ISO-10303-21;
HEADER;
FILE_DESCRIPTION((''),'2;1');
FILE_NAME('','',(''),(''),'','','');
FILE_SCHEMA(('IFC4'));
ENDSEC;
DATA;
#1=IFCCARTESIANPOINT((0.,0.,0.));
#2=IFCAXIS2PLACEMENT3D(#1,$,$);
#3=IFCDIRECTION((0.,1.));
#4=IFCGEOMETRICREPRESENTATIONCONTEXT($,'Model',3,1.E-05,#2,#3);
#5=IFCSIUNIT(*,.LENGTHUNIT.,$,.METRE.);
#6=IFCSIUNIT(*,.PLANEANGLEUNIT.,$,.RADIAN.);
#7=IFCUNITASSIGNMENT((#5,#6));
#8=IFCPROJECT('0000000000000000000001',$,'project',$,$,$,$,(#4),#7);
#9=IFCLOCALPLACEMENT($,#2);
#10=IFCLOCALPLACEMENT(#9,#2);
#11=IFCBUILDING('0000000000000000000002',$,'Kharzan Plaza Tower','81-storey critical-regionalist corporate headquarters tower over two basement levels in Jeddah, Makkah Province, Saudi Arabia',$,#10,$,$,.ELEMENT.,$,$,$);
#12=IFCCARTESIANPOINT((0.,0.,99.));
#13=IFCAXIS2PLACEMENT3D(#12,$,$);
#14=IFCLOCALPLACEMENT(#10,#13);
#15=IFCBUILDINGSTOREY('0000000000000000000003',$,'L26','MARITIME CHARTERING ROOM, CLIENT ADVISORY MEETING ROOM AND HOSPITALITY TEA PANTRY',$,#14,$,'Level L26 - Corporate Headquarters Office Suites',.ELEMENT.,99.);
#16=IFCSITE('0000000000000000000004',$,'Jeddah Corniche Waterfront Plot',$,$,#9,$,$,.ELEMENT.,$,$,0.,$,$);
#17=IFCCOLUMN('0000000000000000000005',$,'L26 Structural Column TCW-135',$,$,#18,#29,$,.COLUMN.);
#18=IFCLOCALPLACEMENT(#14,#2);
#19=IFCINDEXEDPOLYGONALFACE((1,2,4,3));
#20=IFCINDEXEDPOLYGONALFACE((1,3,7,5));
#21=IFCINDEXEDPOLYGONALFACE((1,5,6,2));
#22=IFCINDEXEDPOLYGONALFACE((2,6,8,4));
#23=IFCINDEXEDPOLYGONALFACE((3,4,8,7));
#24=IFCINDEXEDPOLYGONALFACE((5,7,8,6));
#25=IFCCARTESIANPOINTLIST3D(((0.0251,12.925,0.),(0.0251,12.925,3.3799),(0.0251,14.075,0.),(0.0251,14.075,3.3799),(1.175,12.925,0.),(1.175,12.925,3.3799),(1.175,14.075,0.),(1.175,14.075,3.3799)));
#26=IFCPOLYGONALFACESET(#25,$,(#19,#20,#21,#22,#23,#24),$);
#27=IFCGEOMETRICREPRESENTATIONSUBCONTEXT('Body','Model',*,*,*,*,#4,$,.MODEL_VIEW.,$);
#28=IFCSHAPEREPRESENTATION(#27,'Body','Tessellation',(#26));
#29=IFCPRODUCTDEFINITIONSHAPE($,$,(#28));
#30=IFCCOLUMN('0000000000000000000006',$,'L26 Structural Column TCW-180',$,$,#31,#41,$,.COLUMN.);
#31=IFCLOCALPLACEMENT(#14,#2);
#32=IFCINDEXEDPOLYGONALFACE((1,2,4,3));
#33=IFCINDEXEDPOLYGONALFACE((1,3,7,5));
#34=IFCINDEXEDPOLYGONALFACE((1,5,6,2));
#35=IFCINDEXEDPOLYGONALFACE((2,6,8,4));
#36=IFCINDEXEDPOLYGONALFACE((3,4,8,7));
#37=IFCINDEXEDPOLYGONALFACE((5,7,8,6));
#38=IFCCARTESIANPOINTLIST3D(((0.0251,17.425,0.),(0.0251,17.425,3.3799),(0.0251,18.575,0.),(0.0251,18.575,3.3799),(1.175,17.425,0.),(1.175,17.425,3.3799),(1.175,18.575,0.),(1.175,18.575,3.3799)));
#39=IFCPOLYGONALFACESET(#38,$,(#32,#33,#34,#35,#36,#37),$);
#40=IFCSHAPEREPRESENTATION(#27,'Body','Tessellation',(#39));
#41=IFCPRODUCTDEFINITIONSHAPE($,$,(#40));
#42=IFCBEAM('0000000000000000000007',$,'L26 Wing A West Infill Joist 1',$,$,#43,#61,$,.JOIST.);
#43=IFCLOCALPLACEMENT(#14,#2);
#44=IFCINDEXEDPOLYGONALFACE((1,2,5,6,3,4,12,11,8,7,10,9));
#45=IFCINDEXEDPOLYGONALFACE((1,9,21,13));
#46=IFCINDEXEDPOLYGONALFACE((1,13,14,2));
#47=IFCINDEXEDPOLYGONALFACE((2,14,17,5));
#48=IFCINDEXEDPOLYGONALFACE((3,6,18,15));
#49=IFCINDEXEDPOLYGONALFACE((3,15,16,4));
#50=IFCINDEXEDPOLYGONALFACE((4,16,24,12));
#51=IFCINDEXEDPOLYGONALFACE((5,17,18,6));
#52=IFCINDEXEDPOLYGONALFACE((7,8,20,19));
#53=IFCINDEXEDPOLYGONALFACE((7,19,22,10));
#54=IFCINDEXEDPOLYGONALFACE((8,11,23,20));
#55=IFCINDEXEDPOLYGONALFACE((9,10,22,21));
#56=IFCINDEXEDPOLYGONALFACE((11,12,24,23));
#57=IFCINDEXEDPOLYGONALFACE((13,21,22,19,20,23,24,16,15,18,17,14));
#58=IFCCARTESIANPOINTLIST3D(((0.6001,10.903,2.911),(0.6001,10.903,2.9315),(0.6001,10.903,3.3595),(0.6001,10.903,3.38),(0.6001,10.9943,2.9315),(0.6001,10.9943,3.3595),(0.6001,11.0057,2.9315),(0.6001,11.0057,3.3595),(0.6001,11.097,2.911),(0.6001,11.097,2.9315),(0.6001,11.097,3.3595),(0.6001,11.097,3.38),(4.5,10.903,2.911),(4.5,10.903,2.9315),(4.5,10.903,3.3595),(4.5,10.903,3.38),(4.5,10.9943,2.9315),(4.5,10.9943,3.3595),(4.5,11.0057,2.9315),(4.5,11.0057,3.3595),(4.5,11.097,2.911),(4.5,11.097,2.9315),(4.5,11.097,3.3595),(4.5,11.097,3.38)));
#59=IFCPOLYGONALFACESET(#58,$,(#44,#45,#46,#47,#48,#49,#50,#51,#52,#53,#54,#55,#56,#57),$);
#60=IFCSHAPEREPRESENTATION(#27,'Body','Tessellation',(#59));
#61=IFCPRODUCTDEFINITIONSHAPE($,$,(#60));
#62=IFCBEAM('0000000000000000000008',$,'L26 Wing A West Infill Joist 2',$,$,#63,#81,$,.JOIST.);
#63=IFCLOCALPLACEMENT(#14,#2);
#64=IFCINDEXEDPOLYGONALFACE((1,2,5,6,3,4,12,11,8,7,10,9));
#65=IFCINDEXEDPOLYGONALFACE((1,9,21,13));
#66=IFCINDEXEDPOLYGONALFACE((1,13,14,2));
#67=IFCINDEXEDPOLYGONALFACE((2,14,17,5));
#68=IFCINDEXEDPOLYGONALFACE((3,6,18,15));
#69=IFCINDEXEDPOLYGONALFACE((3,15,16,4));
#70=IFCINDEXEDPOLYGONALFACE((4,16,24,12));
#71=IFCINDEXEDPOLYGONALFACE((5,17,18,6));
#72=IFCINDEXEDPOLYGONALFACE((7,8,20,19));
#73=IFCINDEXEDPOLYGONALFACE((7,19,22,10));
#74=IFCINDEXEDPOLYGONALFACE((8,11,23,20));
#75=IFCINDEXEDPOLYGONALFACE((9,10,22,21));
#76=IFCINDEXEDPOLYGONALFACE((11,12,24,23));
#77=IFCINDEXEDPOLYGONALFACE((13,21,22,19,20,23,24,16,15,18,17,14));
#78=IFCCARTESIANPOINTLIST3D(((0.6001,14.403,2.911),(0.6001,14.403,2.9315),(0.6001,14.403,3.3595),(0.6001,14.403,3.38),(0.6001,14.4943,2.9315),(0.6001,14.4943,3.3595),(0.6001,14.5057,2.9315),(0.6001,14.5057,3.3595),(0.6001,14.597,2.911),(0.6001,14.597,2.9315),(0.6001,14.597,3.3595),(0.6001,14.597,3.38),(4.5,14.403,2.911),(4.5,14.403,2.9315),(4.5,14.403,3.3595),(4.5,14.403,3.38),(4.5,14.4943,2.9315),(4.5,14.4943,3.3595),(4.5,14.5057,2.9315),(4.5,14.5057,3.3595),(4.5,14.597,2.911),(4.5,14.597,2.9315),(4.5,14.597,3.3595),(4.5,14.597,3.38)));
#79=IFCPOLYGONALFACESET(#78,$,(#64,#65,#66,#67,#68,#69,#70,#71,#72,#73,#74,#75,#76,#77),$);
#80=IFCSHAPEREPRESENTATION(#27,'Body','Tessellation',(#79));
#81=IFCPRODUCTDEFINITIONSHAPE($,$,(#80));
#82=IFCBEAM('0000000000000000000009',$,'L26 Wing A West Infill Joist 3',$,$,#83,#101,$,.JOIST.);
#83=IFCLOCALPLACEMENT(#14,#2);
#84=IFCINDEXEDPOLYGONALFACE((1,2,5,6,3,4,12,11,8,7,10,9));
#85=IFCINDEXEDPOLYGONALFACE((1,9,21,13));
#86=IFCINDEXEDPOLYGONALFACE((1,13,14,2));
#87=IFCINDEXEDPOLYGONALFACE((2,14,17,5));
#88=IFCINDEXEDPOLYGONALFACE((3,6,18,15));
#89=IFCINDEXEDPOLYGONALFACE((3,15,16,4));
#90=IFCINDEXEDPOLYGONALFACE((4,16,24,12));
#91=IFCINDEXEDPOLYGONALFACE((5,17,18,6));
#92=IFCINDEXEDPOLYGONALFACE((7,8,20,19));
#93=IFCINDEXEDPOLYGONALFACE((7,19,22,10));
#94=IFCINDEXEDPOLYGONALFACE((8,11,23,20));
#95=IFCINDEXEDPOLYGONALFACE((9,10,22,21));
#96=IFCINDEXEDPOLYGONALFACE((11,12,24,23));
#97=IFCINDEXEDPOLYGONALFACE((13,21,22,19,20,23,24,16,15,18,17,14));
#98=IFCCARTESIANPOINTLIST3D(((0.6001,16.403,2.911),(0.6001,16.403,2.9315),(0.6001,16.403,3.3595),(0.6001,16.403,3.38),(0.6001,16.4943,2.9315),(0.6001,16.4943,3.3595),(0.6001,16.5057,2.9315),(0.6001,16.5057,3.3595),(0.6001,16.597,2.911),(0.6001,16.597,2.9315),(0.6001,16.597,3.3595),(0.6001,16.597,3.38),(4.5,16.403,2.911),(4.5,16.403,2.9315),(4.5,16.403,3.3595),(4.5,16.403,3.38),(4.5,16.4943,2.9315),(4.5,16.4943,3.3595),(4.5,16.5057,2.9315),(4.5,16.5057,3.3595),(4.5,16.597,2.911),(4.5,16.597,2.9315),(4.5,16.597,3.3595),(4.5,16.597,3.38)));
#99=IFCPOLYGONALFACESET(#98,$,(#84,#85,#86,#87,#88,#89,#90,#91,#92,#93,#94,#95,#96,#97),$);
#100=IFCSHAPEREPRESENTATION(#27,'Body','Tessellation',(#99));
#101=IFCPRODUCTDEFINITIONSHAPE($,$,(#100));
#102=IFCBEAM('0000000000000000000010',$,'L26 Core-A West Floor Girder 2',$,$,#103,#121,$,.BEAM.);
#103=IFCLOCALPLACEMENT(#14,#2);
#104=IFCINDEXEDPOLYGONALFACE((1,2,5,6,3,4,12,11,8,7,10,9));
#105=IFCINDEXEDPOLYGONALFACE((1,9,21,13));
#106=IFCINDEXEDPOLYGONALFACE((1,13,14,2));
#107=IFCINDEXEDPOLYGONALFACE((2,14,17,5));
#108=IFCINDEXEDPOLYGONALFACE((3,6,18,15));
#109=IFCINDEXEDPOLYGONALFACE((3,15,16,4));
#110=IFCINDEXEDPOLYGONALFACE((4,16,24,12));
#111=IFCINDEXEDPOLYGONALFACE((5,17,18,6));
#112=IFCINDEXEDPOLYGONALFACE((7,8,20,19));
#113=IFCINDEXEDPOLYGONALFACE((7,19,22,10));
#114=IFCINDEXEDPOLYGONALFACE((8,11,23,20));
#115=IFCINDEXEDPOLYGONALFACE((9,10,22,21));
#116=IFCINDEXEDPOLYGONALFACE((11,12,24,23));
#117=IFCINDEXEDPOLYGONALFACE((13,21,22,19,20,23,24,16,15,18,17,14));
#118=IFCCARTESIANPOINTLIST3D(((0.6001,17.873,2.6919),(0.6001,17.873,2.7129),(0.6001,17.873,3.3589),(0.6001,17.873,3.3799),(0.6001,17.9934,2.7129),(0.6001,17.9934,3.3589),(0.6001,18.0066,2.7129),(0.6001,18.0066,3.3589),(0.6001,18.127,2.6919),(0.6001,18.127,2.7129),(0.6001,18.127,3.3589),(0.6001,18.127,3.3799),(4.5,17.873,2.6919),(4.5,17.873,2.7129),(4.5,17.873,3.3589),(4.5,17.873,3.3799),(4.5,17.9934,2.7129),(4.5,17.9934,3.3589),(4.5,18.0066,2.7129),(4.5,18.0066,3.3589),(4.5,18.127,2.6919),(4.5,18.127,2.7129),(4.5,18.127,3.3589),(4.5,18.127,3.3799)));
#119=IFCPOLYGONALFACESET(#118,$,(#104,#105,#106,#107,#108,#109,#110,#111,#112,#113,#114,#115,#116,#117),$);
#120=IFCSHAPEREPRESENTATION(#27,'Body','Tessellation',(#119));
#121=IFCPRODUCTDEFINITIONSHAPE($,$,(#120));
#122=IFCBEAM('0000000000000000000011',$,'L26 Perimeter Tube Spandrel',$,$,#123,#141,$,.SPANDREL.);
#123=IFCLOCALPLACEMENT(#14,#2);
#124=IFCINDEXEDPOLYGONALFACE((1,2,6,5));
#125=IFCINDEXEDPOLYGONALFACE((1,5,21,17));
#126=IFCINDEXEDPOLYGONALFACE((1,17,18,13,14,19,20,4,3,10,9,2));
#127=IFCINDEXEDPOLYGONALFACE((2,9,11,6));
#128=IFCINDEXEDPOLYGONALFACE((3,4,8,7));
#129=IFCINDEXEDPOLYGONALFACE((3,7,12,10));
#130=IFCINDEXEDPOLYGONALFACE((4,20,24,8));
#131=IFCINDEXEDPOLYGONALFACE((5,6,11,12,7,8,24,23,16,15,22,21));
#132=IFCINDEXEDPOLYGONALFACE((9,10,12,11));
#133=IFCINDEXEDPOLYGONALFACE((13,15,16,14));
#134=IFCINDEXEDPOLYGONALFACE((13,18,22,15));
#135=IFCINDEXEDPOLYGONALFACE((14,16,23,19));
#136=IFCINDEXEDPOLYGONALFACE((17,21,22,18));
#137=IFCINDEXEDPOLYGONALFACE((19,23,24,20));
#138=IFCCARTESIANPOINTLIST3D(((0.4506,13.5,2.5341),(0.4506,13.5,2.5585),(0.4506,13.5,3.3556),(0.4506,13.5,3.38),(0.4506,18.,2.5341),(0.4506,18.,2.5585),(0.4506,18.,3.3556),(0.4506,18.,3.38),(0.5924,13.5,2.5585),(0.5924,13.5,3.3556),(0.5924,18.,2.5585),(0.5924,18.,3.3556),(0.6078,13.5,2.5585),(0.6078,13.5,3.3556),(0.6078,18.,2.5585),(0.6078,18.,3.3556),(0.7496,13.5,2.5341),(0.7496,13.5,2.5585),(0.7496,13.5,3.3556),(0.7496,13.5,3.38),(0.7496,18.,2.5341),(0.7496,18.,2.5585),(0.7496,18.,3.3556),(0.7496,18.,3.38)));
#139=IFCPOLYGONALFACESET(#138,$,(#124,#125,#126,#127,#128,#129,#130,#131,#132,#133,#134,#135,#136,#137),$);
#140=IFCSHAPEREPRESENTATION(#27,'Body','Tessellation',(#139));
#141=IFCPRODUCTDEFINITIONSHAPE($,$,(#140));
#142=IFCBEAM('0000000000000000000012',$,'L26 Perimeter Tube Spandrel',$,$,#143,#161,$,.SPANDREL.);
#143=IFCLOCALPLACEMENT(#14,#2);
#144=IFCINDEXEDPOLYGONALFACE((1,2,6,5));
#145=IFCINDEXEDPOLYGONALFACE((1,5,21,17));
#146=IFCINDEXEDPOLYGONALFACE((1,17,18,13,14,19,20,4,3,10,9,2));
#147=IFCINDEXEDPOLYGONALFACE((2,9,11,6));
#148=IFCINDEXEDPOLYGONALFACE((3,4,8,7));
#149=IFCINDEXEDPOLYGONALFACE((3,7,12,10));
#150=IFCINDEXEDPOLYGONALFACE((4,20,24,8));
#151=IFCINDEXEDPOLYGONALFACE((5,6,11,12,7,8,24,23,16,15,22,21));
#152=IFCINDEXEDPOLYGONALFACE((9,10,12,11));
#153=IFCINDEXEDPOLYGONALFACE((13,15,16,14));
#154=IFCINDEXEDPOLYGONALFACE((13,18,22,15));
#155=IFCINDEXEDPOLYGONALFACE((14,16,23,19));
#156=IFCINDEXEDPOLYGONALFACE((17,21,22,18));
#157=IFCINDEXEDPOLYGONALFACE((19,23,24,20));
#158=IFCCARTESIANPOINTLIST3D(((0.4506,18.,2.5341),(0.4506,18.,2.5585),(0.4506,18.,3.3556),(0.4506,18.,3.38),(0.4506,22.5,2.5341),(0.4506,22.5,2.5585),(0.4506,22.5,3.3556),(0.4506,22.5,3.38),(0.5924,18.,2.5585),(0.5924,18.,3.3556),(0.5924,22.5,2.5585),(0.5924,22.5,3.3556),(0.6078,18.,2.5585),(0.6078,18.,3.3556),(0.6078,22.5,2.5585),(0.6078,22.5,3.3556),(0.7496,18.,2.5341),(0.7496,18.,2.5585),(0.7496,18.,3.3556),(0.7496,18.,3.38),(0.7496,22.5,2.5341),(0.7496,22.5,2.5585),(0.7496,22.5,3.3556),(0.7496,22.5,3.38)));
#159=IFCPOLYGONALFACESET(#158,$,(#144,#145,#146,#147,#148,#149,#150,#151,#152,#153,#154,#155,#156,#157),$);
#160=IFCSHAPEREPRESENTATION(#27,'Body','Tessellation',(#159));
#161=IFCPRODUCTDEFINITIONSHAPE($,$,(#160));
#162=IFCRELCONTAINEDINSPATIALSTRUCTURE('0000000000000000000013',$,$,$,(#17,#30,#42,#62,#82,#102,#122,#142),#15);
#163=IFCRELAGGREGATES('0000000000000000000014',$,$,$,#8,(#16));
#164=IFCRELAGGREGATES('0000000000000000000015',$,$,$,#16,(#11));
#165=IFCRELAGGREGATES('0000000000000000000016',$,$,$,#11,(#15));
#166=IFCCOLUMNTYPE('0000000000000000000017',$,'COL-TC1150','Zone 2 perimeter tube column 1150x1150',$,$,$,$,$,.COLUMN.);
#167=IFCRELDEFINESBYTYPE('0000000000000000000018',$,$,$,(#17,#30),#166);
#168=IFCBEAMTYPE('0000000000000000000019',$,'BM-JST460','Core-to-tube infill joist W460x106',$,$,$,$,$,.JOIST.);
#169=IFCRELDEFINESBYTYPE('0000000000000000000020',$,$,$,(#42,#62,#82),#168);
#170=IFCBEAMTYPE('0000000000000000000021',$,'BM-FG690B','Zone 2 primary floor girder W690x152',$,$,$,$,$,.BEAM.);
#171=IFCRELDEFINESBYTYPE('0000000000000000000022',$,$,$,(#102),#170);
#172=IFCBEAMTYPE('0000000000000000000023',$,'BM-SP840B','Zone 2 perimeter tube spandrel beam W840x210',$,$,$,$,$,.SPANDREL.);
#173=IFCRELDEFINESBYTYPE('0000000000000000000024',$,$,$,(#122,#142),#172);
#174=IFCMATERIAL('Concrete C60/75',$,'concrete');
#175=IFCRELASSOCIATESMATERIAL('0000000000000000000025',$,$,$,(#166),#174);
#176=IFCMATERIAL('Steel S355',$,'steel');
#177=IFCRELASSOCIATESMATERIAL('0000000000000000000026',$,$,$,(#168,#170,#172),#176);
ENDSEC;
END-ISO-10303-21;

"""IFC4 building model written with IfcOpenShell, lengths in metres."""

from ifc_helpers import new_model, si_unit, direction, frame, origin, origin_2d, place, context, subcontext, project, spatial, rectangle, i_section, extrude, source, transform, mapped, material, material_profile, profile_set, type_object, element, save


model = new_model("IFC4")

# Units and contexts
model_context = context("Model", 3, precision=1e-05, world=origin(), true_north=direction((0.0, 1.0)))
body_context = subcontext(model_context, "Body", "Model", "MODEL_VIEW")
ifc_project = project(units=[si_unit("LENGTHUNIT", "METRE"), si_unit("PLANEANGLEUNIT", "RADIAN")], contexts=[model_context])

# Site, building, storey
site_placement = place(None, origin())
site = spatial("IfcSite", under=ifc_project, at=site_placement, Name="Jeddah Corniche Waterfront Plot", CompositionType="ELEMENT", RefElevation=0.0)
building_placement = place(site_placement, origin())
building = spatial("IfcBuilding", under=site, at=building_placement, Name="Kharzan Plaza Tower", Description="81-storey critical-regionalist corporate headquarters tower over two basement levels in Jeddah, Makkah Province, Saudi Arabia", CompositionType="ELEMENT")
storey_placement = place(building_placement, frame((0.0, 0.0, 99.0)))
storey = spatial("IfcBuildingStorey", under=building, at=storey_placement, Name="L26", Description="MARITIME CHARTERING ROOM, CLIENT ADVISORY MEETING ROOM AND HOSPITALITY TEA PANTRY", LongName="Level L26 - Corporate Headquarters Office Suites", CompositionType="ELEMENT", Elevation=99.0)

# Columns
ifc_material_1 = material(Name="Concrete C60/75", Category="concrete")
ifc_material_profile_1 = material_profile(ifc_material_1, rectangle(XDim=1.1499, YDim=1.1499, at=origin_2d()), Name="RC-TC1150x1150")
ifc_profile_set_1 = profile_set([ifc_material_profile_1], Name="Concrete C60/75")
column_type = type_object("IfcColumnType", Name="COL-TC1150", Description="Zone 2 perimeter tube column 1150x1150", PredefinedType="COLUMN", material=ifc_profile_set_1)
shared_shape_1 = source(origin(), body_context, "Body", "SweptSolid", [
    extrude(rectangle(XDim=1.1499, YDim=1.1499, at=origin_2d()), origin(), (0.0, 0.0, 1.0), 3.3799),
])
for number, where, z_axis, x_axis, name in (
    (1, (0.6001, 13.5, 0.0), (0.0, 0.0, 1.0), (1.0, 0.0, 0.0), "L26 Structural Column TCW-135"),
    (2, (0.6001, 18.0, 0.0), (0.0, 0.0, 1.0), (1.0, 0.0, 0.0), "L26 Structural Column TCW-180"),
):
    element("IfcColumn", number, at=place(storey_placement, frame(where, z_axis=z_axis, x_axis=x_axis)), inside=storey, type_object=column_type, Name=name, PredefinedType="COLUMN", context=body_context, shape_type="MappedRepresentation", body=[
        mapped(shared_shape_1, transform((0.0, 0.0, 0.0), x_axis=(1.0, 0.0, 0.0), y_axis=(0.0, 1.0, 0.0), z_axis=(0.0, 0.0, 1.0))),
    ])

# Beams
ifc_material_2 = material(Name="Steel S355", Category="steel")
ifc_material_profile_2 = material_profile(ifc_material_2, i_section(OverallWidth=0.1941, OverallDepth=0.469, WebThickness=0.0115, FlangeThickness=0.0205, at=origin_2d()), Name="W460x106")
ifc_profile_set_2 = profile_set([ifc_material_profile_2], Name="Steel S355")
beam_type_1 = type_object("IfcBeamType", Name="BM-JST460", Description="Core-to-tube infill joist W460x106", PredefinedType="JOIST", material=ifc_profile_set_2)
shared_shape_2 = source(origin(), body_context, "Body", "SweptSolid", [
    extrude(i_section(OverallWidth=0.1941, OverallDepth=0.469, WebThickness=0.0115, FlangeThickness=0.0205, at=origin_2d()), origin(), (0.0, 0.0, 1.0), 3.8999),
])
for number, where, z_axis, x_axis, name in (
    (3, (0.6001, 11.0, 3.1455), (1.0, 0.0, 0.0), (0.0, 1.0, 0.0), "L26 Wing A West Infill Joist 1"),
    (4, (0.6001, 14.5, 3.1455), (1.0, 0.0, 0.0), (0.0, 1.0, 0.0), "L26 Wing A West Infill Joist 2"),
    (5, (0.6001, 16.5, 3.1455), (1.0, 0.0, 0.0), (0.0, 1.0, 0.0), "L26 Wing A West Infill Joist 3"),
):
    element("IfcBeam", number, at=place(storey_placement, frame(where, z_axis=z_axis, x_axis=x_axis)), inside=storey, type_object=beam_type_1, Name=name, PredefinedType="JOIST", context=body_context, shape_type="MappedRepresentation", body=[
        mapped(shared_shape_2, transform((0.0, 0.0, 0.0), x_axis=(1.0, 0.0, 0.0), y_axis=(0.0, 1.0, 0.0), z_axis=(0.0, 0.0, 1.0))),
    ])
ifc_material_profile_3 = material_profile(ifc_material_2, i_section(OverallWidth=0.2539, OverallDepth=0.688, WebThickness=0.0132, FlangeThickness=0.021, at=origin_2d()), Name="W690x152")
ifc_profile_set_3 = profile_set([ifc_material_profile_3], Name="Steel S355")
beam_type_2 = type_object("IfcBeamType", Name="BM-FG690B", Description="Zone 2 primary floor girder W690x152", PredefinedType="BEAM", material=ifc_profile_set_3)
shared_shape_3 = source(origin(), body_context, "Body", "SweptSolid", [
    extrude(i_section(OverallWidth=0.2539, OverallDepth=0.688, WebThickness=0.0132, FlangeThickness=0.021, at=origin_2d()), origin(), (0.0, 0.0, 1.0), 3.8999),
])
beam_placement = place(storey_placement, frame((0.6001, 18.0, 3.0359), z_axis=(1.0, 0.0, 0.0), x_axis=(0.0, 1.0, 0.0)))
element("IfcBeam", 6, at=beam_placement, inside=storey, type_object=beam_type_2, Name="L26 Core-A West Floor Girder 2", PredefinedType="BEAM", context=body_context, shape_type="MappedRepresentation", body=[
    mapped(shared_shape_3, transform((0.0, 0.0, 0.0), x_axis=(1.0, 0.0, 0.0), y_axis=(0.0, 1.0, 0.0), z_axis=(0.0, 0.0, 1.0))),
])
ifc_material_profile_4 = material_profile(ifc_material_2, i_section(OverallWidth=0.2991, OverallDepth=0.8459, WebThickness=0.0154, FlangeThickness=0.0244, at=origin_2d()), Name="W840x210")
ifc_profile_set_4 = profile_set([ifc_material_profile_4], Name="Steel S355")
beam_type_3 = type_object("IfcBeamType", Name="BM-SP840B", Description="Zone 2 perimeter tube spandrel beam W840x210", PredefinedType="SPANDREL", material=ifc_profile_set_4)
shared_shape_4 = source(origin(), body_context, "Body", "SweptSolid", [
    extrude(i_section(OverallWidth=0.2991, OverallDepth=0.8459, WebThickness=0.0154, FlangeThickness=0.0244, at=origin_2d()), origin(), (0.0, 0.0, 1.0), 4.5),
])
for number, where, z_axis, x_axis, name in (
    (7, (0.6001, 13.5, 2.957), (0.0, 1.0, 0.0), (-1.0, 0.0, 0.0), "L26 Perimeter Tube Spandrel"),
    (8, (0.6001, 18.0, 2.957), (0.0, 1.0, 0.0), (-1.0, 0.0, 0.0), "L26 Perimeter Tube Spandrel"),
):
    element("IfcBeam", number, at=place(storey_placement, frame(where, z_axis=z_axis, x_axis=x_axis)), inside=storey, type_object=beam_type_3, Name=name, PredefinedType="SPANDREL", context=body_context, shape_type="MappedRepresentation", body=[
        mapped(shared_shape_4, transform((0.0, 0.0, 0.0), x_axis=(1.0, 0.0, 0.0), y_axis=(0.0, 1.0, 0.0), z_axis=(0.0, 0.0, 1.0))),
    ])

save(model, "model.ifc")
